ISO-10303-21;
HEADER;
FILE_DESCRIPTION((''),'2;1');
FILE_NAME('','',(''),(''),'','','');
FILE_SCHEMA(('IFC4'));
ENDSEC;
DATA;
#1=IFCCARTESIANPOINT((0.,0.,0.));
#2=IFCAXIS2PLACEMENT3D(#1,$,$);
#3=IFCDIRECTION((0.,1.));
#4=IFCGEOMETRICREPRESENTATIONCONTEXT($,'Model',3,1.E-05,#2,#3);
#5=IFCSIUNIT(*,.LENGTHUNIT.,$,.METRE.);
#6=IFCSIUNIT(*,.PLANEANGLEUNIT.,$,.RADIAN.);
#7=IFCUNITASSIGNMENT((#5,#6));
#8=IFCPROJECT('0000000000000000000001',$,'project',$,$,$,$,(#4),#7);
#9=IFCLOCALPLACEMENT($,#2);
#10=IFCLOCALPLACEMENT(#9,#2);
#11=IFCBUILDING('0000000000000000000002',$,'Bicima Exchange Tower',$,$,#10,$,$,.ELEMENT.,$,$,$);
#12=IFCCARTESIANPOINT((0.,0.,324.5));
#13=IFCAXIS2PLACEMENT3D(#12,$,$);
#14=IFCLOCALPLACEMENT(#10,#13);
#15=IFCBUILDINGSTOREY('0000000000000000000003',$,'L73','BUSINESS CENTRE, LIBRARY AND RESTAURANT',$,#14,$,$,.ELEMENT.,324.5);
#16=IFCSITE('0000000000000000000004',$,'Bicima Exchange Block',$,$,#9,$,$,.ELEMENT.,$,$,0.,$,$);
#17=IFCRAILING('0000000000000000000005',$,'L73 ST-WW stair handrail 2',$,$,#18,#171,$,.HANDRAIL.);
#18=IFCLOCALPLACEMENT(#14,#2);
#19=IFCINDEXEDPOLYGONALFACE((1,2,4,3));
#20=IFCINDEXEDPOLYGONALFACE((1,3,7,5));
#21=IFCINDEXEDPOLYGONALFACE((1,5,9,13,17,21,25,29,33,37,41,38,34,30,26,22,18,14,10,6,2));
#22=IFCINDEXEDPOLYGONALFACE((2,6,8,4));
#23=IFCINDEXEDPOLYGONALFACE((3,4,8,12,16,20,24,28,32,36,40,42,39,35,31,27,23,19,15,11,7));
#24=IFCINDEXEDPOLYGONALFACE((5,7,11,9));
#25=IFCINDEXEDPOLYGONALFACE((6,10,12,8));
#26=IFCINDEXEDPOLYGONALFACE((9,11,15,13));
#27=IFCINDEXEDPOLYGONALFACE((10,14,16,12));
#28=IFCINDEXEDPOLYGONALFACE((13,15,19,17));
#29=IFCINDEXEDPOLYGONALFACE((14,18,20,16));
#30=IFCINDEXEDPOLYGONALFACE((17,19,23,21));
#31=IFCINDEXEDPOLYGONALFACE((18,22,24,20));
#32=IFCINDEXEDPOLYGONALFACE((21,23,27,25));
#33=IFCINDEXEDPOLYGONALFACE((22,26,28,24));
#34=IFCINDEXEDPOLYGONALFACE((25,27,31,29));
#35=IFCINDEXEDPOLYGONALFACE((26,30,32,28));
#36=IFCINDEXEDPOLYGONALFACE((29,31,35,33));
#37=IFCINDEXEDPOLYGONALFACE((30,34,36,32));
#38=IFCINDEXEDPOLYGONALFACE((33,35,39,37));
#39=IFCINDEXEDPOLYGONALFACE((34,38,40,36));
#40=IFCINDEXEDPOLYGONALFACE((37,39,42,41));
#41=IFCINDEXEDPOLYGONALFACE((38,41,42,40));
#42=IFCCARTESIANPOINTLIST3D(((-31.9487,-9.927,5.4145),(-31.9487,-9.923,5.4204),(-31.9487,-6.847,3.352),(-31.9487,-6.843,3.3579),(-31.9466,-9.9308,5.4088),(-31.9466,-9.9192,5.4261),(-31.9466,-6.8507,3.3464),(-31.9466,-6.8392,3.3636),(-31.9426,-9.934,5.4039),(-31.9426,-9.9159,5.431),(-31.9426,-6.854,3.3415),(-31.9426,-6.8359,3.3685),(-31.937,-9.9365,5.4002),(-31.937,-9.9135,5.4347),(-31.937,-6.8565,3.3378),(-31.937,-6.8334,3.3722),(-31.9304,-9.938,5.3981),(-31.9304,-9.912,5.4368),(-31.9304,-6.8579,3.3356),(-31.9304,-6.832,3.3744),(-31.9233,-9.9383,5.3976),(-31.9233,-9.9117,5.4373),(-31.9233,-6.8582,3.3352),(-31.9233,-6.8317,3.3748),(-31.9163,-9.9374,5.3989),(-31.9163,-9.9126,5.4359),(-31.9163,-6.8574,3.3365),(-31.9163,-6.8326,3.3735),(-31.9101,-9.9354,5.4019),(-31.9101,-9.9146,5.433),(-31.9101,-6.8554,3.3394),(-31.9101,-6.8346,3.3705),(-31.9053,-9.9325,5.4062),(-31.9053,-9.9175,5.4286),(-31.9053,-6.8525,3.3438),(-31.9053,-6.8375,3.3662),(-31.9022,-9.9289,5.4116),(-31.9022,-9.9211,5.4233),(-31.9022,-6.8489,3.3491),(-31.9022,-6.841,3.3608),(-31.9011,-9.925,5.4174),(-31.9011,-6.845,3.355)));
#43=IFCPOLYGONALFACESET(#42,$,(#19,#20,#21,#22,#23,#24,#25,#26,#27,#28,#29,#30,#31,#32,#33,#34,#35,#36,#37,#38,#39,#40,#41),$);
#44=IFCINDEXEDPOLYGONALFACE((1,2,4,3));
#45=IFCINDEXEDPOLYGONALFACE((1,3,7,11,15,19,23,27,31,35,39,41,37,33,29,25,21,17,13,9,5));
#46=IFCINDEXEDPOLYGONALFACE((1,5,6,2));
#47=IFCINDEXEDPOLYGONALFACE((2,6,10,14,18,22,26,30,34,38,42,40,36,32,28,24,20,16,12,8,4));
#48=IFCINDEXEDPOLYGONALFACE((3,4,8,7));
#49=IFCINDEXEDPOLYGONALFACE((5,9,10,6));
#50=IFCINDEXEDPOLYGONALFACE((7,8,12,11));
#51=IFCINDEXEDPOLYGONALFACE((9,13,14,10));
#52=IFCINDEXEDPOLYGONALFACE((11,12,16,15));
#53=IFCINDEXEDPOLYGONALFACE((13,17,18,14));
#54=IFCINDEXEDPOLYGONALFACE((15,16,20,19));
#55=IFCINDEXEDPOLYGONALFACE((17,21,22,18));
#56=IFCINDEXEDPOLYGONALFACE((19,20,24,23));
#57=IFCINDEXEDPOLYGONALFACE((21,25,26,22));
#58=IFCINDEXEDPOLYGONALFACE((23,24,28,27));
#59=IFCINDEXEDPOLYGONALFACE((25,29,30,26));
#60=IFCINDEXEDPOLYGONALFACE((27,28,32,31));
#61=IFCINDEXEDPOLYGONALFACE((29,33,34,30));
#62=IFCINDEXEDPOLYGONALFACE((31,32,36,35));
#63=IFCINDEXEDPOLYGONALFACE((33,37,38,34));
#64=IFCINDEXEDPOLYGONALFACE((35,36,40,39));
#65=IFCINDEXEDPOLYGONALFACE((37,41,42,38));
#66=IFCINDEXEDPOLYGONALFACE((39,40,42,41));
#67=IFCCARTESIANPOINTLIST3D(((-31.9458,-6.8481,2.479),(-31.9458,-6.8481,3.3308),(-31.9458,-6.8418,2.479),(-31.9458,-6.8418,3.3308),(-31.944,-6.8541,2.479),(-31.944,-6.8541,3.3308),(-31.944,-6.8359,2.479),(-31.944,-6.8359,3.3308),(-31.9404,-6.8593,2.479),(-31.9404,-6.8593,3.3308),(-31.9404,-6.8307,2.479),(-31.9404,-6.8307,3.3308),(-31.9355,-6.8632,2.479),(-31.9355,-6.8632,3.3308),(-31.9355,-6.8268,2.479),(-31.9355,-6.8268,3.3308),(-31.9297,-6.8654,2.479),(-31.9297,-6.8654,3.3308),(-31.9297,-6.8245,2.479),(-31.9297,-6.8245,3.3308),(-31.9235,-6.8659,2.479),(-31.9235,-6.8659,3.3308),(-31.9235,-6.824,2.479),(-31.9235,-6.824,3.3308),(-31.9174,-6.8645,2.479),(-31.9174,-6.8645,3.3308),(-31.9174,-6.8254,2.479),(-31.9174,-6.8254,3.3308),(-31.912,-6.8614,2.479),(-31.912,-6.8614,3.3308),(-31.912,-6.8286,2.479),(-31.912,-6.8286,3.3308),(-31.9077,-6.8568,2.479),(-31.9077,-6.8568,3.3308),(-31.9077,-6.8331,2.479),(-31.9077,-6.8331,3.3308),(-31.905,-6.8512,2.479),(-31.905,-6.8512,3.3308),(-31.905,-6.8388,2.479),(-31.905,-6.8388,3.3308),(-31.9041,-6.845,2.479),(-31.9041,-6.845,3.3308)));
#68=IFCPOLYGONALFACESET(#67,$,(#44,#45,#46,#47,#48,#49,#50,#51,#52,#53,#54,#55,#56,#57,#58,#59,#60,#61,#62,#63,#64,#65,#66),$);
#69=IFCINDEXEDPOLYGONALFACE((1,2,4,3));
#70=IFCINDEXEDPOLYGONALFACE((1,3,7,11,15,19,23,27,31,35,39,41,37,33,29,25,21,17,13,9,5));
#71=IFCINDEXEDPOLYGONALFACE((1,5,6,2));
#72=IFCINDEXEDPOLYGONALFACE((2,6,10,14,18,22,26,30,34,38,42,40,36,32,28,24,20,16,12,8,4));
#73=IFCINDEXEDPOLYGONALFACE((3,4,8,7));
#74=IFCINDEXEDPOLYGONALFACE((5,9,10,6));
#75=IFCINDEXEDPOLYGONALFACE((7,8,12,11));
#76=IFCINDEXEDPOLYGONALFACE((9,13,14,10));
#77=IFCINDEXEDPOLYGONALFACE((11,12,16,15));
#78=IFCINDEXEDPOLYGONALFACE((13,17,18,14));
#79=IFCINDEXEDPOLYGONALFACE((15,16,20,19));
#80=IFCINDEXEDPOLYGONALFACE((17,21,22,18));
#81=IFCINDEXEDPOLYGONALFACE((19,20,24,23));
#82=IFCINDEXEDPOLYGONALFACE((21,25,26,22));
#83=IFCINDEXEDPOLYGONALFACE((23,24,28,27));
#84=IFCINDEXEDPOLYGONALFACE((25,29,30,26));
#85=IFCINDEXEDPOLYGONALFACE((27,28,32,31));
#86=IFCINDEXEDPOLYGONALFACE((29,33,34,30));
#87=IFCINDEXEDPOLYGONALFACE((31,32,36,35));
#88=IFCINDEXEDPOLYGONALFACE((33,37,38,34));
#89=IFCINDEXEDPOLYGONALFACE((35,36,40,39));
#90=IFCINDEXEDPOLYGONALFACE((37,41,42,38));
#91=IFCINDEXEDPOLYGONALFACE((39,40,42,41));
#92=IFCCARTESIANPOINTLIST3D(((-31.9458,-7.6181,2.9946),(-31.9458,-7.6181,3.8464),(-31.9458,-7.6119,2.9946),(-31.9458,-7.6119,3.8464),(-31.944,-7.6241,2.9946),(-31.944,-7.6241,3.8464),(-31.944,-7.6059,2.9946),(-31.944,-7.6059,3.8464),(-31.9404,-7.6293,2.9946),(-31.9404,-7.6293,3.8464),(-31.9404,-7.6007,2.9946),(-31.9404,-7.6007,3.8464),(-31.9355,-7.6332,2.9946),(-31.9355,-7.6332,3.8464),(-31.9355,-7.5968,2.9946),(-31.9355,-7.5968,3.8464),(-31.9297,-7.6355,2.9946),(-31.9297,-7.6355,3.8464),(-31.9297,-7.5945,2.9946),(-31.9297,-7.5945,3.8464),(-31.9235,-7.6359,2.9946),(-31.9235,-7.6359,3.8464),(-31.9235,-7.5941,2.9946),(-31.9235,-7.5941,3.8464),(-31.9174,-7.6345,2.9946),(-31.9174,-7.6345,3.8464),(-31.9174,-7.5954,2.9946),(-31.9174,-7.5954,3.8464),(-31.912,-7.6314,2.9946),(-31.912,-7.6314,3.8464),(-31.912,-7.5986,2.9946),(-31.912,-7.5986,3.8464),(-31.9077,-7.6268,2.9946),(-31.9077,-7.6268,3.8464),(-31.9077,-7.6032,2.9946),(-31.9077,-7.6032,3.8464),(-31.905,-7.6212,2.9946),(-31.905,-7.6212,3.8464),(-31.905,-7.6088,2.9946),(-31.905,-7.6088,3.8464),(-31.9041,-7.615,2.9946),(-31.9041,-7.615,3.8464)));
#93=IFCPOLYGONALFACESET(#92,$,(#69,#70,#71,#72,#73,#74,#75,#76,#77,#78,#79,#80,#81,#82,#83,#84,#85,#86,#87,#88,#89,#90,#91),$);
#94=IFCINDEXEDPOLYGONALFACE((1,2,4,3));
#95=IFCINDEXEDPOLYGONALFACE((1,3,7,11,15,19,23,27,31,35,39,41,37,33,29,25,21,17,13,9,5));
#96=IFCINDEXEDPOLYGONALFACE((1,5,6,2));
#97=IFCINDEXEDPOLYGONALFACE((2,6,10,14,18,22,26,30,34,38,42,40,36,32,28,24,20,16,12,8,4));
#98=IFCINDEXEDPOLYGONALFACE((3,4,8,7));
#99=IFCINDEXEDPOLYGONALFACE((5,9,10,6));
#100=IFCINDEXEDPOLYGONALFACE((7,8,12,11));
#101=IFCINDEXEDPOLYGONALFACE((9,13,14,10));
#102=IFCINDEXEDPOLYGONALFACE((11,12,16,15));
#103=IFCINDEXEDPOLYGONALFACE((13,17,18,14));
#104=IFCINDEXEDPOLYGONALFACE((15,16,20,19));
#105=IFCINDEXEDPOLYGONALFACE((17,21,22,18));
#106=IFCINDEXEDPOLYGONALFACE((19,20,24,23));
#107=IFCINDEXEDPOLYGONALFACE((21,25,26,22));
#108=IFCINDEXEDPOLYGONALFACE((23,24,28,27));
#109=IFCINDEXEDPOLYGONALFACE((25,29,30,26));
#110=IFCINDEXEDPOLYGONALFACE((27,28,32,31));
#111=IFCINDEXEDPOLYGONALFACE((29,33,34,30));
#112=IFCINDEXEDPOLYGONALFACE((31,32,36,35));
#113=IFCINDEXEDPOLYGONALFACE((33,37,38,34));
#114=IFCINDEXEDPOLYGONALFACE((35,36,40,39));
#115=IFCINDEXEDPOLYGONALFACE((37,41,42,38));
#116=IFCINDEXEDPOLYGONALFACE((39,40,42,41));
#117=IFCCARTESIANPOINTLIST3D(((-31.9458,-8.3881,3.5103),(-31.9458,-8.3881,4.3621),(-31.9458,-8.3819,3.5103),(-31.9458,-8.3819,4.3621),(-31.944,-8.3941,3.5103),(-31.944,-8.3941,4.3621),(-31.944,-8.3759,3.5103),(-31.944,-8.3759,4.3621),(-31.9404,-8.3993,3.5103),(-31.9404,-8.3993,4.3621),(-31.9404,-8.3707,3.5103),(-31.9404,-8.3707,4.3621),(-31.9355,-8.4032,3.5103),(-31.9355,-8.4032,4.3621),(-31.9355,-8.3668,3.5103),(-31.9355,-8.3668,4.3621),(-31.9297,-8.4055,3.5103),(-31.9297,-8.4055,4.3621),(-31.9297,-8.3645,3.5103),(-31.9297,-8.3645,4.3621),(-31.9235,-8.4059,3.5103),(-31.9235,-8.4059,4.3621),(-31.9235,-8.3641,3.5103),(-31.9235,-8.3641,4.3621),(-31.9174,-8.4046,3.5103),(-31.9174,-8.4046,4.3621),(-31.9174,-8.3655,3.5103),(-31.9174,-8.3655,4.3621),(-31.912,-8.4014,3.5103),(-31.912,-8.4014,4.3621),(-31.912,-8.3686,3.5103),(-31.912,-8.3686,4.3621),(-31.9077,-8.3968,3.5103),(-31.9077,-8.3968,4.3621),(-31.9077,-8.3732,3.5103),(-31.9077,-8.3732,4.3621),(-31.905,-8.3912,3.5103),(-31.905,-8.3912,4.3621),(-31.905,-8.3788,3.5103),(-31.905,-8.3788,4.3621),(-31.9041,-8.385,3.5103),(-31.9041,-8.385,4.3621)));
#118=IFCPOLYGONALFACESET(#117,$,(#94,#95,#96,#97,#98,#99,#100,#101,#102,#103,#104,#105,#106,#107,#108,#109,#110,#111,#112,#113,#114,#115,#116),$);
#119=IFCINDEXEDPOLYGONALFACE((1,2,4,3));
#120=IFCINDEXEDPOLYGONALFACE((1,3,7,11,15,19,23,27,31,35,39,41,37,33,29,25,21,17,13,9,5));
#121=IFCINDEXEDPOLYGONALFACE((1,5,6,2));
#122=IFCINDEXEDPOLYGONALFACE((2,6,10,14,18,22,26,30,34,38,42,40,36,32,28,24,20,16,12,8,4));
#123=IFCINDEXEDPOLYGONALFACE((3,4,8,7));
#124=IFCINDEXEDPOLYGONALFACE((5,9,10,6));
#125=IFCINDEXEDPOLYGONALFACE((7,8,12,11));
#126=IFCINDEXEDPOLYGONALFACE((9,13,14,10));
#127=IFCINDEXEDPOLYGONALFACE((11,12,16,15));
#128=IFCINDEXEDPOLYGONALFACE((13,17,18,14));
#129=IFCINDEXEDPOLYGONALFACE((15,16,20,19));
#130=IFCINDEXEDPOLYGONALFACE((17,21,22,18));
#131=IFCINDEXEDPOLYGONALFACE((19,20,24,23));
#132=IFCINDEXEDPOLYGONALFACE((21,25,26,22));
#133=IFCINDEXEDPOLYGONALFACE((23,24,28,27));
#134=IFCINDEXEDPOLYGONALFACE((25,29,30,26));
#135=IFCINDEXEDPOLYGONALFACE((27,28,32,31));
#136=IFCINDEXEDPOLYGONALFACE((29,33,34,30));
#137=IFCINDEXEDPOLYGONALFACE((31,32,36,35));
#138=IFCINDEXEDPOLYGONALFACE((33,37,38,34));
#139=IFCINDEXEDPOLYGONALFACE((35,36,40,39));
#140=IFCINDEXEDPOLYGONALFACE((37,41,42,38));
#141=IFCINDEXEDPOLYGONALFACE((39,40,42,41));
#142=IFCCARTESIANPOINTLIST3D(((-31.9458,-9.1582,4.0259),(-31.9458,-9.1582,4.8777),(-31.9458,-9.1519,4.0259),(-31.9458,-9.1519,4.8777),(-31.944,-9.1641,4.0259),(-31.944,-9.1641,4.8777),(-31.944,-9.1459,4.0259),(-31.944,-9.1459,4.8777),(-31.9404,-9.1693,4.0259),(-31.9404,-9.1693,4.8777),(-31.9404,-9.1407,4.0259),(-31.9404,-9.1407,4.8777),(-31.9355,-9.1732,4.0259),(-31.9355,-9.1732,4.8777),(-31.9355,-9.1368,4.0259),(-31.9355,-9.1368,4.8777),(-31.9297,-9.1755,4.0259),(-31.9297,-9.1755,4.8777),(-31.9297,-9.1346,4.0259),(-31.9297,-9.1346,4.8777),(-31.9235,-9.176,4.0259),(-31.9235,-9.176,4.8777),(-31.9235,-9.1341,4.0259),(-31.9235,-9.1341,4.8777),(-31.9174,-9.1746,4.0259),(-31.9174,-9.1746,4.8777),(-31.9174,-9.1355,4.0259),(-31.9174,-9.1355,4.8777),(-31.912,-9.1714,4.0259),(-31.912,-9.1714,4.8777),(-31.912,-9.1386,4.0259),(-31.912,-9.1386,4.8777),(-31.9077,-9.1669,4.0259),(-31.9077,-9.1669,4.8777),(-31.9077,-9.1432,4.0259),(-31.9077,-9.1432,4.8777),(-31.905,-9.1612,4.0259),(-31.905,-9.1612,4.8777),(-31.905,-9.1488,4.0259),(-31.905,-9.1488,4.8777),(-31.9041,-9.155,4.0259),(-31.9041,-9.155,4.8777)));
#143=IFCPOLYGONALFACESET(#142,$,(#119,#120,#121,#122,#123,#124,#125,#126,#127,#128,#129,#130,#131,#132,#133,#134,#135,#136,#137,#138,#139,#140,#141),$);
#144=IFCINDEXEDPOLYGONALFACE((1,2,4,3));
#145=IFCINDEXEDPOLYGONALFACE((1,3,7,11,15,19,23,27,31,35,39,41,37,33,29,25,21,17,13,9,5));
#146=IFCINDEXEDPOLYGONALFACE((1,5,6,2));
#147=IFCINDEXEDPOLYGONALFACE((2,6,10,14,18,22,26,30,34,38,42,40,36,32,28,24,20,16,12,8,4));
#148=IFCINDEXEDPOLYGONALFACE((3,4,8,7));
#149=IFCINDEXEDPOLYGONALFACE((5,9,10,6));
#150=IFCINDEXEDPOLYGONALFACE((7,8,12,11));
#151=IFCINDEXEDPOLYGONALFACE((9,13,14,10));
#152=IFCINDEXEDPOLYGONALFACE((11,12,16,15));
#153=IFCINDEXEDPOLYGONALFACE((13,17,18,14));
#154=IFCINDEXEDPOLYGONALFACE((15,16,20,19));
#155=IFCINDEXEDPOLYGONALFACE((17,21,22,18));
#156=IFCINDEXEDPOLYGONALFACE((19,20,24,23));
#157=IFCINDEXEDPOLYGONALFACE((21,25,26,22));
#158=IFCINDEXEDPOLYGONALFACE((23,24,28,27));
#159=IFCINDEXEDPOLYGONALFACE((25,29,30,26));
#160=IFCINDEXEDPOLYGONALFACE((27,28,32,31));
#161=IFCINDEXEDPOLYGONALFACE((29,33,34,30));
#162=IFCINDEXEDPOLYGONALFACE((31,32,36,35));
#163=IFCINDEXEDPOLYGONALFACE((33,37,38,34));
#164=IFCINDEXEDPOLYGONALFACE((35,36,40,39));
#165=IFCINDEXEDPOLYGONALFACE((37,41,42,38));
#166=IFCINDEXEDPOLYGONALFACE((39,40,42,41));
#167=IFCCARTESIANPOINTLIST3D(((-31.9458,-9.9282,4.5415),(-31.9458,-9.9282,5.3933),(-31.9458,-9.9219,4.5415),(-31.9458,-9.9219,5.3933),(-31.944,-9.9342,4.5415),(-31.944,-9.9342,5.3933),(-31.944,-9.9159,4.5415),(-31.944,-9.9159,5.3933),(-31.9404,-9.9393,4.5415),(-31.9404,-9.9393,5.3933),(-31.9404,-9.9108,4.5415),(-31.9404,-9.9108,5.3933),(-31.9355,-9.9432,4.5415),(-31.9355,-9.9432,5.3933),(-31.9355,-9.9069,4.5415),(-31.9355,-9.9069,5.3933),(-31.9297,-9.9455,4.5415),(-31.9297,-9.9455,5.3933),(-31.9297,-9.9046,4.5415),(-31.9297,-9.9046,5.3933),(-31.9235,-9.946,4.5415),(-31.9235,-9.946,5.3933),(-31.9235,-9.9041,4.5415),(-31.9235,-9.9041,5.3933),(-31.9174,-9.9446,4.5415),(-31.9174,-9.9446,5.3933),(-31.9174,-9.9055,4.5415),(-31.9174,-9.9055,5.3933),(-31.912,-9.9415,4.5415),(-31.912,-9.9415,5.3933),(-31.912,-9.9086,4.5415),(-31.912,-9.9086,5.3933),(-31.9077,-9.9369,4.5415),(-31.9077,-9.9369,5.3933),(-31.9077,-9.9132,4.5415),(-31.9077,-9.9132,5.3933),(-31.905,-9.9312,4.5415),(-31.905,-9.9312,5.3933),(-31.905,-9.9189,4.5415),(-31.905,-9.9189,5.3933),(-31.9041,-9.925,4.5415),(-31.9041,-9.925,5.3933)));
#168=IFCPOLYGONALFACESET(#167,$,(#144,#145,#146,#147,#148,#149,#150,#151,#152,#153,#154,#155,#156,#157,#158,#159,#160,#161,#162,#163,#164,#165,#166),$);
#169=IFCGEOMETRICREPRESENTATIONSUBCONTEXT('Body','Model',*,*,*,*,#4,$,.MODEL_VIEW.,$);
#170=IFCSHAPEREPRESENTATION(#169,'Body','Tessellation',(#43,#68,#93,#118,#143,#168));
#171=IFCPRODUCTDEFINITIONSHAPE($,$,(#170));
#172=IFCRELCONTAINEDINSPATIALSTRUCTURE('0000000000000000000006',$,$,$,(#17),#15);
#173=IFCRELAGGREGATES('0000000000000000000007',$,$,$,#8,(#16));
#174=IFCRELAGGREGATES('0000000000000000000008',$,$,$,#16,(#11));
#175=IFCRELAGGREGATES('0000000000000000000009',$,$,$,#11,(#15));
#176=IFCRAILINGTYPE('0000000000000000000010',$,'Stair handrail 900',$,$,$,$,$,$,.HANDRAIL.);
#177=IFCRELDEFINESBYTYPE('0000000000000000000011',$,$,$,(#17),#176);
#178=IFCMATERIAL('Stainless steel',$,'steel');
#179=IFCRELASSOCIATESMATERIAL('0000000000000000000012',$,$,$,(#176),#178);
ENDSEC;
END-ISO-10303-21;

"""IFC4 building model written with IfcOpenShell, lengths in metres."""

from ifc_helpers import new_model, si_unit, direction, frame, origin, origin_2d, place, context, subcontext, project, spatial, circle, extrude, material, type_object, element, save


model = new_model("IFC4")

# Units and contexts
model_context = context("Model", 3, precision=1e-05, world=origin(), true_north=direction((0.0, 1.0)))
body_context = subcontext(model_context, "Body", "Model", "MODEL_VIEW")
ifc_project = project(units=[si_unit("LENGTHUNIT", "METRE"), si_unit("PLANEANGLEUNIT", "RADIAN")], contexts=[model_context])

# Site, building, storey
site_placement = place(None, origin())
site = spatial("IfcSite", under=ifc_project, at=site_placement, Name="Bicima Exchange Block", CompositionType="ELEMENT", RefElevation=0.0)
building_placement = place(site_placement, origin())
building = spatial("IfcBuilding", under=site, at=building_placement, Name="Bicima Exchange Tower", CompositionType="ELEMENT")
storey_placement = place(building_placement, frame((0.0, 0.0, 324.5)))
storey = spatial("IfcBuildingStorey", under=building, at=storey_placement, Name="L73", Description="BUSINESS CENTRE, LIBRARY AND RESTAURANT", CompositionType="ELEMENT", Elevation=324.5)

# Railing
ifc_material_1 = material(Name="Stainless steel", Category="steel")
railing_type_1 = type_object("IfcRailingType", Name="Stair handrail 900", PredefinedType="HANDRAIL", material=ifc_material_1)
railing_1_placement = place(storey_placement, frame((-31.925, -6.845, 2.479)))
element("IfcRailing", 1, at=railing_1_placement, inside=storey, type_object=railing_type_1, Name="L73 ST-WW stair handrail 2", PredefinedType="HANDRAIL", context=body_context, shape_type="SweptSolid", body=[
    extrude(circle(Radius=0.0239, at=origin_2d()), frame((0.0, 0.0, 0.876), z_axis=(0.0, -0.830914, 0.556401), x_axis=(1.0, 0.0, 0.0)), (0.0, 0.0, 1.0), 3.7068),
    extrude(circle(Radius=0.021, at=origin_2d()), origin(), (0.0, 0.0, 1.0), 0.8518),
    extrude(circle(Radius=0.021, at=origin_2d()), frame((0.0, -0.77, 0.5156)), (0.0, 0.0, 1.0), 0.8518),
    extrude(circle(Radius=0.021, at=origin_2d()), frame((0.0, -1.54, 1.0312)), (0.0, 0.0, 1.0), 0.8518),
    extrude(circle(Radius=0.021, at=origin_2d()), frame((0.0, -2.3101, 1.5469)), (0.0, 0.0, 1.0), 0.8518),
    extrude(circle(Radius=0.021, at=origin_2d()), frame((0.0, -3.0801, 2.0625)), (0.0, 0.0, 1.0), 0.8518),
])

save(model, "model.ifc")
